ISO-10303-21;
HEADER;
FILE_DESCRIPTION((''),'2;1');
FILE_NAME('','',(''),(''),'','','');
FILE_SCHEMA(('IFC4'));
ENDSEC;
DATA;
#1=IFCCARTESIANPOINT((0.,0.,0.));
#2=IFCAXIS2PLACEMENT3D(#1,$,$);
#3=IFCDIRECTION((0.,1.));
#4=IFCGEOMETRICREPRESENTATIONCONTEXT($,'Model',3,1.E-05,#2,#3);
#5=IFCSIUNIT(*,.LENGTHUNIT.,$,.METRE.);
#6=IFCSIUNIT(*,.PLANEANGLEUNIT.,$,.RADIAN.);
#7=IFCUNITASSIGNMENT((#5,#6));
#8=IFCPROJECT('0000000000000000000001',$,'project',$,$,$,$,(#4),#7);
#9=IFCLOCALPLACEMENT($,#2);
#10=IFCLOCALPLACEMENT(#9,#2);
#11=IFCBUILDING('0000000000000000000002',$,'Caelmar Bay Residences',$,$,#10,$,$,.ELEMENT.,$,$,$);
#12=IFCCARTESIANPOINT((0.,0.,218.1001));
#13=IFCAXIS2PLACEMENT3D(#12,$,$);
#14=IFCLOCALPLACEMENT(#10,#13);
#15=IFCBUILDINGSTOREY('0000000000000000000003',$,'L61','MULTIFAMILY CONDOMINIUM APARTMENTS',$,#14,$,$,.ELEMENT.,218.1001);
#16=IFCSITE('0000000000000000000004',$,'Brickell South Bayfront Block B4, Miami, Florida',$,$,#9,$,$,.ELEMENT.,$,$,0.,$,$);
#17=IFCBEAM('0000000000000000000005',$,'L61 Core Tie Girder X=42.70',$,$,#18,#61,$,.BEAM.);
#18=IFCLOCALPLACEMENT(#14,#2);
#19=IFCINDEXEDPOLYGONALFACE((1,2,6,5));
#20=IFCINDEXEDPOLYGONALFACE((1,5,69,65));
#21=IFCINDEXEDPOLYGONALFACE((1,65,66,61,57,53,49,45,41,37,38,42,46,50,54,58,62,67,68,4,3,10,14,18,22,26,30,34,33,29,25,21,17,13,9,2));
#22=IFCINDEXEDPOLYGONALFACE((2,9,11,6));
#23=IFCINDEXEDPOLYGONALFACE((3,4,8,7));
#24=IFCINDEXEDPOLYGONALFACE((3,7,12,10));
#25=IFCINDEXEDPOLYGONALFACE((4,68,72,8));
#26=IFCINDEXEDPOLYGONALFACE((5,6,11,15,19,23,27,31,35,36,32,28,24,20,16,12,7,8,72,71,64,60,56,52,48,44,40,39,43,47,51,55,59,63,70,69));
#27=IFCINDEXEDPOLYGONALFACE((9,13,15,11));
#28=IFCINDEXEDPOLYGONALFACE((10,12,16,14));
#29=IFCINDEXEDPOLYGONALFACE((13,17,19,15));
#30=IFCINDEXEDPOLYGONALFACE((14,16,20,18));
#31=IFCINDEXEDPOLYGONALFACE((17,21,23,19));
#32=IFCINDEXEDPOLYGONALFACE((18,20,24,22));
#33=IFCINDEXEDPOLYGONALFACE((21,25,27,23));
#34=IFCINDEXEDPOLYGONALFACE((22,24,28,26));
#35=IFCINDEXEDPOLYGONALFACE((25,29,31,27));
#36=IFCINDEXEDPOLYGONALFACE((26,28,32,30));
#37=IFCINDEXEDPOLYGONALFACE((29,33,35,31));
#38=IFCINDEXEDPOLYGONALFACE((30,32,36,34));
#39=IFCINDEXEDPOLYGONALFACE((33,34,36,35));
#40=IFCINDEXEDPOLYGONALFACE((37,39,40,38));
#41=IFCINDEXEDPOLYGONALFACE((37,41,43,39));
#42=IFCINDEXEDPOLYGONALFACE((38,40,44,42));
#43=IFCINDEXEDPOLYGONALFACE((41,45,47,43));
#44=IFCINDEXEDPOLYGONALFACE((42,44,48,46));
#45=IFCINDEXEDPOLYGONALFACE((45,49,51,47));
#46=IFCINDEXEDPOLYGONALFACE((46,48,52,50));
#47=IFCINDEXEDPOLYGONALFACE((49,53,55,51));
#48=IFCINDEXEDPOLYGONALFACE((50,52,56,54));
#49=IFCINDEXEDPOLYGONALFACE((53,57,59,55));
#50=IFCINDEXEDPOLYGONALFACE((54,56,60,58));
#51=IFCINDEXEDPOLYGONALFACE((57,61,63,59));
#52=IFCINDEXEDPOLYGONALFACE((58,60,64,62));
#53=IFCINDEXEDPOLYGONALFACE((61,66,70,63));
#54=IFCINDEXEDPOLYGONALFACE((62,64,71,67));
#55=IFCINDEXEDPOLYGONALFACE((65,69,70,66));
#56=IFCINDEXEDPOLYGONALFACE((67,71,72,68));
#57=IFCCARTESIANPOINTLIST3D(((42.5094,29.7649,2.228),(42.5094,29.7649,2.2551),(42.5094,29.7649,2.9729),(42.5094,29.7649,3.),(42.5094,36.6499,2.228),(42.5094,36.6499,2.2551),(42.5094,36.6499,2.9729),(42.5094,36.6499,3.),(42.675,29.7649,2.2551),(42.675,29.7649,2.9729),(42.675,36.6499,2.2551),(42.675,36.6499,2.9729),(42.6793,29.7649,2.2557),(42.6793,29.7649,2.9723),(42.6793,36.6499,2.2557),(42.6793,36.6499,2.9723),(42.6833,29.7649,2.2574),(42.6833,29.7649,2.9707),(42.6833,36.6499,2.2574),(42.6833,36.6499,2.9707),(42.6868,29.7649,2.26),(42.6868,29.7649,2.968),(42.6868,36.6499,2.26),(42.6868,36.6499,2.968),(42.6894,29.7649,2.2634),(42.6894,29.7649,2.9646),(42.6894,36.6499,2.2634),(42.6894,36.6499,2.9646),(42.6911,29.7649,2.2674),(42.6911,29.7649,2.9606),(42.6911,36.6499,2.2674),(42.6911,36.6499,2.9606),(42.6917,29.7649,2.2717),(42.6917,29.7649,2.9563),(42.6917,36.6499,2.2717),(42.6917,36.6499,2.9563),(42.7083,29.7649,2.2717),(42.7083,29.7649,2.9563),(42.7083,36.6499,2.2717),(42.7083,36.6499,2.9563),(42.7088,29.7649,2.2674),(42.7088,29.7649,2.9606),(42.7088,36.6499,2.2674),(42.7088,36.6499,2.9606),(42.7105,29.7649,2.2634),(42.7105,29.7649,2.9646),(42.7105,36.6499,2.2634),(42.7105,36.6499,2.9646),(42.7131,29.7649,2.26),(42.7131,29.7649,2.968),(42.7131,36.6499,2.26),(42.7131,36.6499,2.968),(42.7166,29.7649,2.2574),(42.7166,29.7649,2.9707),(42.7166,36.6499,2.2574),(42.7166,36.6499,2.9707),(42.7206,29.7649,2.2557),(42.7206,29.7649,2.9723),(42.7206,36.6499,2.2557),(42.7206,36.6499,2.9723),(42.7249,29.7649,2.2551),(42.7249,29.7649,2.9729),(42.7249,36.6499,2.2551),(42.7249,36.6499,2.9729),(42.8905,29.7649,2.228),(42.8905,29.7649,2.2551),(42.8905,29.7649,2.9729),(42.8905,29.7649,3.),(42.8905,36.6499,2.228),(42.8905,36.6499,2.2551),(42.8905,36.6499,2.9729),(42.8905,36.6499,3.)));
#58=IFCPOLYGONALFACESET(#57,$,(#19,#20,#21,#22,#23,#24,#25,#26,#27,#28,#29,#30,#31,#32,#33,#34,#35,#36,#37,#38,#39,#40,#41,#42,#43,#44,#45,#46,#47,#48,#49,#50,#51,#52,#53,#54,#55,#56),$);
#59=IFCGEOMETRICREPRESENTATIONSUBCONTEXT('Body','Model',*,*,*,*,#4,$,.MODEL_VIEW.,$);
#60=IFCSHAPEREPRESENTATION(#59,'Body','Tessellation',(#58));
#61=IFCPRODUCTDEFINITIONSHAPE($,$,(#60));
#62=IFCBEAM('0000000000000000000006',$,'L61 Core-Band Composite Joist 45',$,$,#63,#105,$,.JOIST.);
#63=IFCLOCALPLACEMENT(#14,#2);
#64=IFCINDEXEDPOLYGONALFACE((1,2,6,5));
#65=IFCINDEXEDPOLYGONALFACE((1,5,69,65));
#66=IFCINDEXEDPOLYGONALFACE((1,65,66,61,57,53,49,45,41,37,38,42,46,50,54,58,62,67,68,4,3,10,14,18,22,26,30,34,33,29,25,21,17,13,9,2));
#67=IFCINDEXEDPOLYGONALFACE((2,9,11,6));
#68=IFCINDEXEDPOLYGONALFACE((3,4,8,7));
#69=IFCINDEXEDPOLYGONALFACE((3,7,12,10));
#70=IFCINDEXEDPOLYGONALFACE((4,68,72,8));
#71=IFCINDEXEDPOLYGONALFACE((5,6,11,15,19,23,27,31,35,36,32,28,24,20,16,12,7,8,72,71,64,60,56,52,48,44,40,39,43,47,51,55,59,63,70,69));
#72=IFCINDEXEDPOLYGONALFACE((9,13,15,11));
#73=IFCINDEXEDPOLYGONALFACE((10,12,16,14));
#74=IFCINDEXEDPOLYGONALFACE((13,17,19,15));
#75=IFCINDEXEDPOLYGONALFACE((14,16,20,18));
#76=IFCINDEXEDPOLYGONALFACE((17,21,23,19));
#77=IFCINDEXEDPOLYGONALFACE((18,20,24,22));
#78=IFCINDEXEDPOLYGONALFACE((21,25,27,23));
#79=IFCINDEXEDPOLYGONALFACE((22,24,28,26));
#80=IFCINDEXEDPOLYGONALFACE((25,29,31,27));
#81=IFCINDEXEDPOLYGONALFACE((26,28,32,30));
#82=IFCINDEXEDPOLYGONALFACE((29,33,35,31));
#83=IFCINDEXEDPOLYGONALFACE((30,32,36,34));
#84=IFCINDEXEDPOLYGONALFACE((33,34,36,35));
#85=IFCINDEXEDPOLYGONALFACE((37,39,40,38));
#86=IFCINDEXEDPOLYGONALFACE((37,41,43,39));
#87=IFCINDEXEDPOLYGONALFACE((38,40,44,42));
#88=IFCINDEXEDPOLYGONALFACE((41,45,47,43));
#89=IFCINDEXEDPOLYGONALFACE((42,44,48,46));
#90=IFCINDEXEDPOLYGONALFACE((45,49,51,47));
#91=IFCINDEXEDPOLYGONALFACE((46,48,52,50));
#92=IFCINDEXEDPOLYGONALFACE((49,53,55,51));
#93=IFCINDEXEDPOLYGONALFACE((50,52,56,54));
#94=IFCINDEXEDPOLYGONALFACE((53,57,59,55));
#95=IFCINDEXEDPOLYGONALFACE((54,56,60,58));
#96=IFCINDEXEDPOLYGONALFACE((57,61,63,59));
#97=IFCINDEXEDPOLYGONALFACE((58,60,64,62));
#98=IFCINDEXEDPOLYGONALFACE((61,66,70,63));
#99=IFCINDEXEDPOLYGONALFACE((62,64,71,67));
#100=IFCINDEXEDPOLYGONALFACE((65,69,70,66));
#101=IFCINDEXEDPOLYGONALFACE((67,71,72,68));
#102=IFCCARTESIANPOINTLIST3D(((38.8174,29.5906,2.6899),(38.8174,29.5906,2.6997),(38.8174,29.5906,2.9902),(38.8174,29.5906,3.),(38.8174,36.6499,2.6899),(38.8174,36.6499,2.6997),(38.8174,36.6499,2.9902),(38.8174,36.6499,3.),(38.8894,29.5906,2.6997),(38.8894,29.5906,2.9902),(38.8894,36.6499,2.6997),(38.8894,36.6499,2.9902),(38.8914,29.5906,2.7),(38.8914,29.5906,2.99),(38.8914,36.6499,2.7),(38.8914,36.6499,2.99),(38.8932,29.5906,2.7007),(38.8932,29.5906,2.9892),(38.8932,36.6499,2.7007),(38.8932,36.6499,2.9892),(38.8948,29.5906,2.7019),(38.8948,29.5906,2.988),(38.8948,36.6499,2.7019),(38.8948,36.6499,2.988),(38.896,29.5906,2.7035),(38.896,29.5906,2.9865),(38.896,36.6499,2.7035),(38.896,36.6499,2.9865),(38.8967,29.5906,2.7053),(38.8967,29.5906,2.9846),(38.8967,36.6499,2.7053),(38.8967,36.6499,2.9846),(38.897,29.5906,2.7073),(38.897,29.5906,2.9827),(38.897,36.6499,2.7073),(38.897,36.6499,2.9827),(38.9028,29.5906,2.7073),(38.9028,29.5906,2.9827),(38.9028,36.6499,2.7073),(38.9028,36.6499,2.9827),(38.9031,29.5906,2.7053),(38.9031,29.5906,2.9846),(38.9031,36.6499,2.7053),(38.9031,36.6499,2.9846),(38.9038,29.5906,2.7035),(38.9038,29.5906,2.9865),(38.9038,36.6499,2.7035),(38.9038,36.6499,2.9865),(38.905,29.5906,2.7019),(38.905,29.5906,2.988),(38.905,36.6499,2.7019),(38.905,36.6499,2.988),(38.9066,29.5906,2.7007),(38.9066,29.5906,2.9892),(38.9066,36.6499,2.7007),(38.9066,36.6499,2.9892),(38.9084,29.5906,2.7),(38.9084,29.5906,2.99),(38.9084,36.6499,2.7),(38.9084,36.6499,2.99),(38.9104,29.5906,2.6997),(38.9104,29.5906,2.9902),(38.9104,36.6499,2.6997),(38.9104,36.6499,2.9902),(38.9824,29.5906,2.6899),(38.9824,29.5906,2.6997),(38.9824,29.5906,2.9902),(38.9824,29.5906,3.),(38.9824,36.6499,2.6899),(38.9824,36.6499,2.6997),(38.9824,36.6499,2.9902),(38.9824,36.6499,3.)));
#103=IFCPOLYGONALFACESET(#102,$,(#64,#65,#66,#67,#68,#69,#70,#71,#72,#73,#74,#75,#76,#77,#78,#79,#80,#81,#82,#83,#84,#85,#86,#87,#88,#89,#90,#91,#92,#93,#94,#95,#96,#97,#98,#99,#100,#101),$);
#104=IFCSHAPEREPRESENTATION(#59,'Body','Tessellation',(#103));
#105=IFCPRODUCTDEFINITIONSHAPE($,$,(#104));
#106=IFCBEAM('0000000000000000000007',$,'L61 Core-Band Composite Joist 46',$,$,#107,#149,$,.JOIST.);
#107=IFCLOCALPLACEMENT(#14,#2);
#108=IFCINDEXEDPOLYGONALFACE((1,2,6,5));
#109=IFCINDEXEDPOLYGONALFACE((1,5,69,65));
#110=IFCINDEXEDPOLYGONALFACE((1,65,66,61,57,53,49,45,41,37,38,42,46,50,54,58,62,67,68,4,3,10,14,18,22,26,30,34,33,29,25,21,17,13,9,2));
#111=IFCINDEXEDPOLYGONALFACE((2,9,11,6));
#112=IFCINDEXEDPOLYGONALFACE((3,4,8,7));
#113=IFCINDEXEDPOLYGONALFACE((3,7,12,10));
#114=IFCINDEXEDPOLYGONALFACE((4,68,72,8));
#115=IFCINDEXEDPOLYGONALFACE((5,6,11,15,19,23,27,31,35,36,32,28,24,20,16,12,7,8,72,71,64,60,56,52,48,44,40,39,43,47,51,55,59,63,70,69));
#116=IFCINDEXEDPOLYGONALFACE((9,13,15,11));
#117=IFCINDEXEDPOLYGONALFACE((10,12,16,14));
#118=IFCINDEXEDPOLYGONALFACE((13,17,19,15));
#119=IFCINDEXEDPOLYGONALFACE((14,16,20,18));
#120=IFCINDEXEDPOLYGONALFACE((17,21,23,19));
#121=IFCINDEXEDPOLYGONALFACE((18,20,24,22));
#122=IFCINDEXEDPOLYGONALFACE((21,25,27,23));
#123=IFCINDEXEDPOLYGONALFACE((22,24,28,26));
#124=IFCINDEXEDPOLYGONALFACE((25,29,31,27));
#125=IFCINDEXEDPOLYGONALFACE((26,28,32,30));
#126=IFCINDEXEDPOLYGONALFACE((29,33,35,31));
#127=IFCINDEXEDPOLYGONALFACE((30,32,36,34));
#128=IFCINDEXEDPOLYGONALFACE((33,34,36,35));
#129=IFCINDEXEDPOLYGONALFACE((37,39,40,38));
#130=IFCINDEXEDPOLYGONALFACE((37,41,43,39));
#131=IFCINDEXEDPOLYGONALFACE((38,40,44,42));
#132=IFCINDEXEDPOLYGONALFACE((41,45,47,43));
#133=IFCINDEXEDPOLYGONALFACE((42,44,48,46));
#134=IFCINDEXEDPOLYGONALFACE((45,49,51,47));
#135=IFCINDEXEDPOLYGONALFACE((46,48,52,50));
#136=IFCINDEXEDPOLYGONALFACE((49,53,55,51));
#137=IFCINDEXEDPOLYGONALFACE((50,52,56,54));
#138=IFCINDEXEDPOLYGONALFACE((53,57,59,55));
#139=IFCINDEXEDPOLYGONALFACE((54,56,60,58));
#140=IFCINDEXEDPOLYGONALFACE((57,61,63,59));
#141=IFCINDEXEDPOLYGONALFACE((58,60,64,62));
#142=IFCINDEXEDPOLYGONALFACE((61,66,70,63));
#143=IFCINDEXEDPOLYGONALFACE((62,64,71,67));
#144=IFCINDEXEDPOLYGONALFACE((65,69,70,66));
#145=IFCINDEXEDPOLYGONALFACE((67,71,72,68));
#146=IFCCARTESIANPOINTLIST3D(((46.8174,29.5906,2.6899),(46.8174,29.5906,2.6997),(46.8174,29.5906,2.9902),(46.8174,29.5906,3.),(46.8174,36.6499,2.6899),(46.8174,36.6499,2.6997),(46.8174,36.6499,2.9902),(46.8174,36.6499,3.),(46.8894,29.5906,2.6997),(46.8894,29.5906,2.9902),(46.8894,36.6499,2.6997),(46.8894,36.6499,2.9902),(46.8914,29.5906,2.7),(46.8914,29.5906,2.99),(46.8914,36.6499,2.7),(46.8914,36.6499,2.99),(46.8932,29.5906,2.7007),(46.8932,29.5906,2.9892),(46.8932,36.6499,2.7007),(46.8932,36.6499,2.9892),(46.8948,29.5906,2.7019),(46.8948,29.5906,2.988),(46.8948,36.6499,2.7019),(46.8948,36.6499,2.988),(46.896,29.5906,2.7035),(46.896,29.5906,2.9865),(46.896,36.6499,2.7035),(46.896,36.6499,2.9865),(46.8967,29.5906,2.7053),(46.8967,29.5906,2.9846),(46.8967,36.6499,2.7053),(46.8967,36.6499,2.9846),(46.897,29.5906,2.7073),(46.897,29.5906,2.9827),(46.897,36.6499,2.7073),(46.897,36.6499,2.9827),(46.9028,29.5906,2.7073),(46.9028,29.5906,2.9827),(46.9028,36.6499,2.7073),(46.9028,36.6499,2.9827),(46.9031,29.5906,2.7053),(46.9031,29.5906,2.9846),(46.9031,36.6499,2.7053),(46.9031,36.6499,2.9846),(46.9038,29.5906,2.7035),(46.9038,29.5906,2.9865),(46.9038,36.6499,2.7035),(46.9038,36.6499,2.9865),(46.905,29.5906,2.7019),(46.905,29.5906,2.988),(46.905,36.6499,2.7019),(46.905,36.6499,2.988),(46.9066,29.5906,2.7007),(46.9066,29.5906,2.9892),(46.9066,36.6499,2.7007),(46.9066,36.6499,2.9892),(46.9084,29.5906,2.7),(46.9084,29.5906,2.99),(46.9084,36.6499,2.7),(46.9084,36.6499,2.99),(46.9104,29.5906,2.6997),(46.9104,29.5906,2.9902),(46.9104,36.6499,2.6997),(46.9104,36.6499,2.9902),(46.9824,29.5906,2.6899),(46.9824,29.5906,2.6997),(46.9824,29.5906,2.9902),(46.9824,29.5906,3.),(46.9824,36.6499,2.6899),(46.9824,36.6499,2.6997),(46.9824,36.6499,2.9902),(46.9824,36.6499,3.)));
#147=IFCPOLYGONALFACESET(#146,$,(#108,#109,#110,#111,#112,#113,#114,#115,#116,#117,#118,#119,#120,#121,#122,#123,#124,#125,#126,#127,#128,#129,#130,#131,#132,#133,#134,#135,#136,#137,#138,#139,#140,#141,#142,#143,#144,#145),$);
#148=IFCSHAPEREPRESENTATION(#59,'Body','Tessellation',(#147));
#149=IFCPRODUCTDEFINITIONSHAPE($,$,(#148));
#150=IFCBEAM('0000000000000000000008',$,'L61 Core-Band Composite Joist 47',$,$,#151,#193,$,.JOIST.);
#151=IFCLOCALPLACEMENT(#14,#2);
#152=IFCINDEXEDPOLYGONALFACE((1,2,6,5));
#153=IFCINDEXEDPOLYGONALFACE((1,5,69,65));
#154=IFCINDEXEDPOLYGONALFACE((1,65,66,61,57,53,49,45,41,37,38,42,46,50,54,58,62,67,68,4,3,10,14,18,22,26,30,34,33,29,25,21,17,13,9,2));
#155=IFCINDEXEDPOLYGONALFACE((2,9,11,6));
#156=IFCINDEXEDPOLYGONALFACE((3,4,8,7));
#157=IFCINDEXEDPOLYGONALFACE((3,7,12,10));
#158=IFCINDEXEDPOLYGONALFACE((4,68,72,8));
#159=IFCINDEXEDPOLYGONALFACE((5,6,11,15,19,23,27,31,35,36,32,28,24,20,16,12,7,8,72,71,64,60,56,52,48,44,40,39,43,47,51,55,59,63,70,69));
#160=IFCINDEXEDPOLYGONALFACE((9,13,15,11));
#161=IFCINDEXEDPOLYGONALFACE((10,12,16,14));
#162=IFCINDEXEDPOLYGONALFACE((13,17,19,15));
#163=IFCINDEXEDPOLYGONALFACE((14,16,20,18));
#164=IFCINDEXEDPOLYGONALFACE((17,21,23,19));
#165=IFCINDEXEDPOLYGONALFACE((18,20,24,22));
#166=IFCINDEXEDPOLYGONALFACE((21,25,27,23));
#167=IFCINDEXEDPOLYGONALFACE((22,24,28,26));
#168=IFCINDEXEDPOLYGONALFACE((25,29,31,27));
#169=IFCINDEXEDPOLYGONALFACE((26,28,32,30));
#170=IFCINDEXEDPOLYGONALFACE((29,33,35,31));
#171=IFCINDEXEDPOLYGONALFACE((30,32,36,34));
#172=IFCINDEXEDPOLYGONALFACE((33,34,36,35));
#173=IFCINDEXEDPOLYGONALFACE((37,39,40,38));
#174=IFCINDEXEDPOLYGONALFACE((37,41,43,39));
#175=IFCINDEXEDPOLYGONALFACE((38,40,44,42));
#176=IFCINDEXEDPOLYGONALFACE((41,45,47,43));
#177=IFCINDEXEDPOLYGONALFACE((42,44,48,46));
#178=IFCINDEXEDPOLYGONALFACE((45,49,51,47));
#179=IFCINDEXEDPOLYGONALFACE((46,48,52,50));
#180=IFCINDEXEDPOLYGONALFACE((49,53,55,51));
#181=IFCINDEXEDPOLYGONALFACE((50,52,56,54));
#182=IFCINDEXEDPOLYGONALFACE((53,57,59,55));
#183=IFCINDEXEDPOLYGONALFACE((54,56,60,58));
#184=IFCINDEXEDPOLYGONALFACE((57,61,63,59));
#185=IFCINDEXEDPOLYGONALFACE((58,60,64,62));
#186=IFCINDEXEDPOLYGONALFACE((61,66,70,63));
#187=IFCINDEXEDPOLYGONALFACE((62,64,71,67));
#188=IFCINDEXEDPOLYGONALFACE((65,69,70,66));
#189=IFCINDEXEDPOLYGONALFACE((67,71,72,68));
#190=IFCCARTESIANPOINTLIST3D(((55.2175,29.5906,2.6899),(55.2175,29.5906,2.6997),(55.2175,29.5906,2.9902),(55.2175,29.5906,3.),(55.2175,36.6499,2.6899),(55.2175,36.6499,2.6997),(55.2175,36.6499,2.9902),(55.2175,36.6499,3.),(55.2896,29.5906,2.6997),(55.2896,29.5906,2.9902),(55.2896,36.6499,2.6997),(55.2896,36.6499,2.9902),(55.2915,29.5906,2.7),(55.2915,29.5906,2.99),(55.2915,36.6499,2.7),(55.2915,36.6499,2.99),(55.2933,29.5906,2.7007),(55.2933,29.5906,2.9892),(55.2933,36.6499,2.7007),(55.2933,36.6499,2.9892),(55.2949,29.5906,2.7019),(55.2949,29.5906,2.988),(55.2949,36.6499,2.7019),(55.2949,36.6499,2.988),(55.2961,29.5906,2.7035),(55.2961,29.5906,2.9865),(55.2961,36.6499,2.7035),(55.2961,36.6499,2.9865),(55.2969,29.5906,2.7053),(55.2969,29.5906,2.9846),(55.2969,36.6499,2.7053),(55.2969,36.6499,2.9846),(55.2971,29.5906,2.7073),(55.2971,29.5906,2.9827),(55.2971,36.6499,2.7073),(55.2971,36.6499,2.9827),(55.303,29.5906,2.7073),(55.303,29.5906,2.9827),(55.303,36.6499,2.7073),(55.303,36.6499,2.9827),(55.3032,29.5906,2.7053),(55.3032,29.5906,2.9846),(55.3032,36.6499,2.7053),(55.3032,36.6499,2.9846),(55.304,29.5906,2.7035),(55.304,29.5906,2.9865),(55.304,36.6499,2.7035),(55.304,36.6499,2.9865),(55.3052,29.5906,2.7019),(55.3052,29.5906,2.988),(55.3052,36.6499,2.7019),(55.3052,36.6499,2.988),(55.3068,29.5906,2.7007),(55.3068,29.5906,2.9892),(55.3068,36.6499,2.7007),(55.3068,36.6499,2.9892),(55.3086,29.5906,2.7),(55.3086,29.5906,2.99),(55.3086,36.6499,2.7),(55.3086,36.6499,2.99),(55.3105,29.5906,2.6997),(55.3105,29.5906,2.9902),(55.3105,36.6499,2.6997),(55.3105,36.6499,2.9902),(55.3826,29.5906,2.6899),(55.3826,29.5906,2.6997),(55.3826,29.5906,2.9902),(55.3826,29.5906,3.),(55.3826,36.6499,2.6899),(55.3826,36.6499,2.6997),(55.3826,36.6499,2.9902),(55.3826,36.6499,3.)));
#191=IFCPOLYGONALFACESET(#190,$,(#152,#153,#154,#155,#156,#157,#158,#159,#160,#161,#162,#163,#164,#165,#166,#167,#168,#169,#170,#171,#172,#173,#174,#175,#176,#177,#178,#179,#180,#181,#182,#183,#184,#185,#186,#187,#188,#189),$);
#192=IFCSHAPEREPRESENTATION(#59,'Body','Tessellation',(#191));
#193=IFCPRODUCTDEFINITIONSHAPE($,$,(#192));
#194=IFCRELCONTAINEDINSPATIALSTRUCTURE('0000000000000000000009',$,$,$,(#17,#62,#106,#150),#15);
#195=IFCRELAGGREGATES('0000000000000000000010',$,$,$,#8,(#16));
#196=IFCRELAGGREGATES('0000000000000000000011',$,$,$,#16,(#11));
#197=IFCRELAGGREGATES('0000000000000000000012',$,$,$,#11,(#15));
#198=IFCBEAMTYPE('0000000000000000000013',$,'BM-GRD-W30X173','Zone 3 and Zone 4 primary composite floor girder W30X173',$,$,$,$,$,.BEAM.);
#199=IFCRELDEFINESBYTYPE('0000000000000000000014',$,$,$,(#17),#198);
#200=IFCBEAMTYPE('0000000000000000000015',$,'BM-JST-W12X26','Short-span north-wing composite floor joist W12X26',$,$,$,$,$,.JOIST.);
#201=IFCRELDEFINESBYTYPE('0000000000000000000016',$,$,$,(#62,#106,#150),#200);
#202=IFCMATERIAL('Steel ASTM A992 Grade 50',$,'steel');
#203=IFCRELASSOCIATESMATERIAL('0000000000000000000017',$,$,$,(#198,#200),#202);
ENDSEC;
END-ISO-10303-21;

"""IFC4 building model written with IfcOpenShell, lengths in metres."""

from ifc_helpers import new_model, si_unit, direction, frame, origin, origin_2d, place, context, subcontext, project, spatial, i_section, extrude, material, material_profile, profile_set, type_object, element, save


model = new_model("IFC4")

# Units and contexts
model_context = context("Model", 3, precision=1e-05, world=origin(), true_north=direction((0.0, 1.0)))
body_context = subcontext(model_context, "Body", "Model", "MODEL_VIEW")
ifc_project = project(units=[si_unit("LENGTHUNIT", "METRE"), si_unit("PLANEANGLEUNIT", "RADIAN")], contexts=[model_context])

# Site, building, storey
site_placement = place(None, origin())
site = spatial("IfcSite", under=ifc_project, at=site_placement, Name="Brickell South Bayfront Block B4, Miami, Florida", CompositionType="ELEMENT", RefElevation=0.0)
building_placement = place(site_placement, origin())
building = spatial("IfcBuilding", under=site, at=building_placement, Name="Caelmar Bay Residences", CompositionType="ELEMENT")
storey_placement = place(building_placement, frame((0.0, 0.0, 218.1001)))
storey = spatial("IfcBuildingStorey", under=building, at=storey_placement, Name="L61", Description="MULTIFAMILY CONDOMINIUM APARTMENTS", CompositionType="ELEMENT", Elevation=218.1001)

# Beams
ifc_material_1 = material(Name="Steel ASTM A992 Grade 50", Category="steel")
ifc_material_profile_1 = material_profile(ifc_material_1, i_section(OverallWidth=0.3811, OverallDepth=0.772, WebThickness=0.0166, FlangeThickness=0.0271, FilletRadius=0.0166, at=origin_2d()), Name="W30X173")
ifc_profile_set_1 = profile_set([ifc_material_profile_1], Name="Steel ASTM A992 Grade 50")
beam_type_1 = type_object("IfcBeamType", Name="BM-GRD-W30X173", Description="Zone 3 and Zone 4 primary composite floor girder W30X173", PredefinedType="BEAM", material=ifc_profile_set_1)
beam_1_placement = place(storey_placement, frame((42.7, 29.7649, 2.614), z_axis=(0.0, 1.0, 0.0), x_axis=(-1.0, 0.0, 0.0)))
element("IfcBeam", 1, at=beam_1_placement, inside=storey, type_object=beam_type_1, Name="L61 Core Tie Girder X=42.70", PredefinedType="BEAM", context=body_context, shape_type="SweptSolid", body=[
    extrude(i_section(OverallWidth=0.3811, OverallDepth=0.772, WebThickness=0.0166, FlangeThickness=0.0271, FilletRadius=0.0166, at=origin_2d()), origin(), (0.0, 0.0, 1.0), 6.885),
])
ifc_material_profile_2 = material_profile(ifc_material_1, i_section(OverallWidth=0.165, OverallDepth=0.3101, WebThickness=0.0059, FlangeThickness=0.0098, FilletRadius=0.0076, at=origin_2d()), Name="W12X26")
ifc_profile_set_2 = profile_set([ifc_material_profile_2], Name="Steel ASTM A992 Grade 50")
beam_type_2 = type_object("IfcBeamType", Name="BM-JST-W12X26", Description="Short-span north-wing composite floor joist W12X26", PredefinedType="JOIST", material=ifc_profile_set_2)
for number, where, z_axis, x_axis, name in (
    (2, (38.8999, 29.5906, 2.845), (0.0, 1.0, 0.0), (-1.0, 0.0, 0.0), "L61 Core-Band Composite Joist 45"),
    (3, (46.8999, 29.5906, 2.845), (0.0, 1.0, 0.0), (-1.0, 0.0, 0.0), "L61 Core-Band Composite Joist 46"),
    (4, (55.3, 29.5906, 2.845), (0.0, 1.0, 0.0), (-1.0, 0.0, 0.0), "L61 Core-Band Composite Joist 47"),
):
    element("IfcBeam", number, at=place(storey_placement, frame(where, z_axis=z_axis, x_axis=x_axis)), inside=storey, type_object=beam_type_2, Name=name, PredefinedType="JOIST", context=body_context, shape_type="SweptSolid", body=[
        extrude(i_section(OverallWidth=0.165, OverallDepth=0.3101, WebThickness=0.0059, FlangeThickness=0.0098, FilletRadius=0.0076, at=origin_2d()), origin(), (0.0, 0.0, 1.0), 7.0593),
    ])

save(model, "model.ifc")
